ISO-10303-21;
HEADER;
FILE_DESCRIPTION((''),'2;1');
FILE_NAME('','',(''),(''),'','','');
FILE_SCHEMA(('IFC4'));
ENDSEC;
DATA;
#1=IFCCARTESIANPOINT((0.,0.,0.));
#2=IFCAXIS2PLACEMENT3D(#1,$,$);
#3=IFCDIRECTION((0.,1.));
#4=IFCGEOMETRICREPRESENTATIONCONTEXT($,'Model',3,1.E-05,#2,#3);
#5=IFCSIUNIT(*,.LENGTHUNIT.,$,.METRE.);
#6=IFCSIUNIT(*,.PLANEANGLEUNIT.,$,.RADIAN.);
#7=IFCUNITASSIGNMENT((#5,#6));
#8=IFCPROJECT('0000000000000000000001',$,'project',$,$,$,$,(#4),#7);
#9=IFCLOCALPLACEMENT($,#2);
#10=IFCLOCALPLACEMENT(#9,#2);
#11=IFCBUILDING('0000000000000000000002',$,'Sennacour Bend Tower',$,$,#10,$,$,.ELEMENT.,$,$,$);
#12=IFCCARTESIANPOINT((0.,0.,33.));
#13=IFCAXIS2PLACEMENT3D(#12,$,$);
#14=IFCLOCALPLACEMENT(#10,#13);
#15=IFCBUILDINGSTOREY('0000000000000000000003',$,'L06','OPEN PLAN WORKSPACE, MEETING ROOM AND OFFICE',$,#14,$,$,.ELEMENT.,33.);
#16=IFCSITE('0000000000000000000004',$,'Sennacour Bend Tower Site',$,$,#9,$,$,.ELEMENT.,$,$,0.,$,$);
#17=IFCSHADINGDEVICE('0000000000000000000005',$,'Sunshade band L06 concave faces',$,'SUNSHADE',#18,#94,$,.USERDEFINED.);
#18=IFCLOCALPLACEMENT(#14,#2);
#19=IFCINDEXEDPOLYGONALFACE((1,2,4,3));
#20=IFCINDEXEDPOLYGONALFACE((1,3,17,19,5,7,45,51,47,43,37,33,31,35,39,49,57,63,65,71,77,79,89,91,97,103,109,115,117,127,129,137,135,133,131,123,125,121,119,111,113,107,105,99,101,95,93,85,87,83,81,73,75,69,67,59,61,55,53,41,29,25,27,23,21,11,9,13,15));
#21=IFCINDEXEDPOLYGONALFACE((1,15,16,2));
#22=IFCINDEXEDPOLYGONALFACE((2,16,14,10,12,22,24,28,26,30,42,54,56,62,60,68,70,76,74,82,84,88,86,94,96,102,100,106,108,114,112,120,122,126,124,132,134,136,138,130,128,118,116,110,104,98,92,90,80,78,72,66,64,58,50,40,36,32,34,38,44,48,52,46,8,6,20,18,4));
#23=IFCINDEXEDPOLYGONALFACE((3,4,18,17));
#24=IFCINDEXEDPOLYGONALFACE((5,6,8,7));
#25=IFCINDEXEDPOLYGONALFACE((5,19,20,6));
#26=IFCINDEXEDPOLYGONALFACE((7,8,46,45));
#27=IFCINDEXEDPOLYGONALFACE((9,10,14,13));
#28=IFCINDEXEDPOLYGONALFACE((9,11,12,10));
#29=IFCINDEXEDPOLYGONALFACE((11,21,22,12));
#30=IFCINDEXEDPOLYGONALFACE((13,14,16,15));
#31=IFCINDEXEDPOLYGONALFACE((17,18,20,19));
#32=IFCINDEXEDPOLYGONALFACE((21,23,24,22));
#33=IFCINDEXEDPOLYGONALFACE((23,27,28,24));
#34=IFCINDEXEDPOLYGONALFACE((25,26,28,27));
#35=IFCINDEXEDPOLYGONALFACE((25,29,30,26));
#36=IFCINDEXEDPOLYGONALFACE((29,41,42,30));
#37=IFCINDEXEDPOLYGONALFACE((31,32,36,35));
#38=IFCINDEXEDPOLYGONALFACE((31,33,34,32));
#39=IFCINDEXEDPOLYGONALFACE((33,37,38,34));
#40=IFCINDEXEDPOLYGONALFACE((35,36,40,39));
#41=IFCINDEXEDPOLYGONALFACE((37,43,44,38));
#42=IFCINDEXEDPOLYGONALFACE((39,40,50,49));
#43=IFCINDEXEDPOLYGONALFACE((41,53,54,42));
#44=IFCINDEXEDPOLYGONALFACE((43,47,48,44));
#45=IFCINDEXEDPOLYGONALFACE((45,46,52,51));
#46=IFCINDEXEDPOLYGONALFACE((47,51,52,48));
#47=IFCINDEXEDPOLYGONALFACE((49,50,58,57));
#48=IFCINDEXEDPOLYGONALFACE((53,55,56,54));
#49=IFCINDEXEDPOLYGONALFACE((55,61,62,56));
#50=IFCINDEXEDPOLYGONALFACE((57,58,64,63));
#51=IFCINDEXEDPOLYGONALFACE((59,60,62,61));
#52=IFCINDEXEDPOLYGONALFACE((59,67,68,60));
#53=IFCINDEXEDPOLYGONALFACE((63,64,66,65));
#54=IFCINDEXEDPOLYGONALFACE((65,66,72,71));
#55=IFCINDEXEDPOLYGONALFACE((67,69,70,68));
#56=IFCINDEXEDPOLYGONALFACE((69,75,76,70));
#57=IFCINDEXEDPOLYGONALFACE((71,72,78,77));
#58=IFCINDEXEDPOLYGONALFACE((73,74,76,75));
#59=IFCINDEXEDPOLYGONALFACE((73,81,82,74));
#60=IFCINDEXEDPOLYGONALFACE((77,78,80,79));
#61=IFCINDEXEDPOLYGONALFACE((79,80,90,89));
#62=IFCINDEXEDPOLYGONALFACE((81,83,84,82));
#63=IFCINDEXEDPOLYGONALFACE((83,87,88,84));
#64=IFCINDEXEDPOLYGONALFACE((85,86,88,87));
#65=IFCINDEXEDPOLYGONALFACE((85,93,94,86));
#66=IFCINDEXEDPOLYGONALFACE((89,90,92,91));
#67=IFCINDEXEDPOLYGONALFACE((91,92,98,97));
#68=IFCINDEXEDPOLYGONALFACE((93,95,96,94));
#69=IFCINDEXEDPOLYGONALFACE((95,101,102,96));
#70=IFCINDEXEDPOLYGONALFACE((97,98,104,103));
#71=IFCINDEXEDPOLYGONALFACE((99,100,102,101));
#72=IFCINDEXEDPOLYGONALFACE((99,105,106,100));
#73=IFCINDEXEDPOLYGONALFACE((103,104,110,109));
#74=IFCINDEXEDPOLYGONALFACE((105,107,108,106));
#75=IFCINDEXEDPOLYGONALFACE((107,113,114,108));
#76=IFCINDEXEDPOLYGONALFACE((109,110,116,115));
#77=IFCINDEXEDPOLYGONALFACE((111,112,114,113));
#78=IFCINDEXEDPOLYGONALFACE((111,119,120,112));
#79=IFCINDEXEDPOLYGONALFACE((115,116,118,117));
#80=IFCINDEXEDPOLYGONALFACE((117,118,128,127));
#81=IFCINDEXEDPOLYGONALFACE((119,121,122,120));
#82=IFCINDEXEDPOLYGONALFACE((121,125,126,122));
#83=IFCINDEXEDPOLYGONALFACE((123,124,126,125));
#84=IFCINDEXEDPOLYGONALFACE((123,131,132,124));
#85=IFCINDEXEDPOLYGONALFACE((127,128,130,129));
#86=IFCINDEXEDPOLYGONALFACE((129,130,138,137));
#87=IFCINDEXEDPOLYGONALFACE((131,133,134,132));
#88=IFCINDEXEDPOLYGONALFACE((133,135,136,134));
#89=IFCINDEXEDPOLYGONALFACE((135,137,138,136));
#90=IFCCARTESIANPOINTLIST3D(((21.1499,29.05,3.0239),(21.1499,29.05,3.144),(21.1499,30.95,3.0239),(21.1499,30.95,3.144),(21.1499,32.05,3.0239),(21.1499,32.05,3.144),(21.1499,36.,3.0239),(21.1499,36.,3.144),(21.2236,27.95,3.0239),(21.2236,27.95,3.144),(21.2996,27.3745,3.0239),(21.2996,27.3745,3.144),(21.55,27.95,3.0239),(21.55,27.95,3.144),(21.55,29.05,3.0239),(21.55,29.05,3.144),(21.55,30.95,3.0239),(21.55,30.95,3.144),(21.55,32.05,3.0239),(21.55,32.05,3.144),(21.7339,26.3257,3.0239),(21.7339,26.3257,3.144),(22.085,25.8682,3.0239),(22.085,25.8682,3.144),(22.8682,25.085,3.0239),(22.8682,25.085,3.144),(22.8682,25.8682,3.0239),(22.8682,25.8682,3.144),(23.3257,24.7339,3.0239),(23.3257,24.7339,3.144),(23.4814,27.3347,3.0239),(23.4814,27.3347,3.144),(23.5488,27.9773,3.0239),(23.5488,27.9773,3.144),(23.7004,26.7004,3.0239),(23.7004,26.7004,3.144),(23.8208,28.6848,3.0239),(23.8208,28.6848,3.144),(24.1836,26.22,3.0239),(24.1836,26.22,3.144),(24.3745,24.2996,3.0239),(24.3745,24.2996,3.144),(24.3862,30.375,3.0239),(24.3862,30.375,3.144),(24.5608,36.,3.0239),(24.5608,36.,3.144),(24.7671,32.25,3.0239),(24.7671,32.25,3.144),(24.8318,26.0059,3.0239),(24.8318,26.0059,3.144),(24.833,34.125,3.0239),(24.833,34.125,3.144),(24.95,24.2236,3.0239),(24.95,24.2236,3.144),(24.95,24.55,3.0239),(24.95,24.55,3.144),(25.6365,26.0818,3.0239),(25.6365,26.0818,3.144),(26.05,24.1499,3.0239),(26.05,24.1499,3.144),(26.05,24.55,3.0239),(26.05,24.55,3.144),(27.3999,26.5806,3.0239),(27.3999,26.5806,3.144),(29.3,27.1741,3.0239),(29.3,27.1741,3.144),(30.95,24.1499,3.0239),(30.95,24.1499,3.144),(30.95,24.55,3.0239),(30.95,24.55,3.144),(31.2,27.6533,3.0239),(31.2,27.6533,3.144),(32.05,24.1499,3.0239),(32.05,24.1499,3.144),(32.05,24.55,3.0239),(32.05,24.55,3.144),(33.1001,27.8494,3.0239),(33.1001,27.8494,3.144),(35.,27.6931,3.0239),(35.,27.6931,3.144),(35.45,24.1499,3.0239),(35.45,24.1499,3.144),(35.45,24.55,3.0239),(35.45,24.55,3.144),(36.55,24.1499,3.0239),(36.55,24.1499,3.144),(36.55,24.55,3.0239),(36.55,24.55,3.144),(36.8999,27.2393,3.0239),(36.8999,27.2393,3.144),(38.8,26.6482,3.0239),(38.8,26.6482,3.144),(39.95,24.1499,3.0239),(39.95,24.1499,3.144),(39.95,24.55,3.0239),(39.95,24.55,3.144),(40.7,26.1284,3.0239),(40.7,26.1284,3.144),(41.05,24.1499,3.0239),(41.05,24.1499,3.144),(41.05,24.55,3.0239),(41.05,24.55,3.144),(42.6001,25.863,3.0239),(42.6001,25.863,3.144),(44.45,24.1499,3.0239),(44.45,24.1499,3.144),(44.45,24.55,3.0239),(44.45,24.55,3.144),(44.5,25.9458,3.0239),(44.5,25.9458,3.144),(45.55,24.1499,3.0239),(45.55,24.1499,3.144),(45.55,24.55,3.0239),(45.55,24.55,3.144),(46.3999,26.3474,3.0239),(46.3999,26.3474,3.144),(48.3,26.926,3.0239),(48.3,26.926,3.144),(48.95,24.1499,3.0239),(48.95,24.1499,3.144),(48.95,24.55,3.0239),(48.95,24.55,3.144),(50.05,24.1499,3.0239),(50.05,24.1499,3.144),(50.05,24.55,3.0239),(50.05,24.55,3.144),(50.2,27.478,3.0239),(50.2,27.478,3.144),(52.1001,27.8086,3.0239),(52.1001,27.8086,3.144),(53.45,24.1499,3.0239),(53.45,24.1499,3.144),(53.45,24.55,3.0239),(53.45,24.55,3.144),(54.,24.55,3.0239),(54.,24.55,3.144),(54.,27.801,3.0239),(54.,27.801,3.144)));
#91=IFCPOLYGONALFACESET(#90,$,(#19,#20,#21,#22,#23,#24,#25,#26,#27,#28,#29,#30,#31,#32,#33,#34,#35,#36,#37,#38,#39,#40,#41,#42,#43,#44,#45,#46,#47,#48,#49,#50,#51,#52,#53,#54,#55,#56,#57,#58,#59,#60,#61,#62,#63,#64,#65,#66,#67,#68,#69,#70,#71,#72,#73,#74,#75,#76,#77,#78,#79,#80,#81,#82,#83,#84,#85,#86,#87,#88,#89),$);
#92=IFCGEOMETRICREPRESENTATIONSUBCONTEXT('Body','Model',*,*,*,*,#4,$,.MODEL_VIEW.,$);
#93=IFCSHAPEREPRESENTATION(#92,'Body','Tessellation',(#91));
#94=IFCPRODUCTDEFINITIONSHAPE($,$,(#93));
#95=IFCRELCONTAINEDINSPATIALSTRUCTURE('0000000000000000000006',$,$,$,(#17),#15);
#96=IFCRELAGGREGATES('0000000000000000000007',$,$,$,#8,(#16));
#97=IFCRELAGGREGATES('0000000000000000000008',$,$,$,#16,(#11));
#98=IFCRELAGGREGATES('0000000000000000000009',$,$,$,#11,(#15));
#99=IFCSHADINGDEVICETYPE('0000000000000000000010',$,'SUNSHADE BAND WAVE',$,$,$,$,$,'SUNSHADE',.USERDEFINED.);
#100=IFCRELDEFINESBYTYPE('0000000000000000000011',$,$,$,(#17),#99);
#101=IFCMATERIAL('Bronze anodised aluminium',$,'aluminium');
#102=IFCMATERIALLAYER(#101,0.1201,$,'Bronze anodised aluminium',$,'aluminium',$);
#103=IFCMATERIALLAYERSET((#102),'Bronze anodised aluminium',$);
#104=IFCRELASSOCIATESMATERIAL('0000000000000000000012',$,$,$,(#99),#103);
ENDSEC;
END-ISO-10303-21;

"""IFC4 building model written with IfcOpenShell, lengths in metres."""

from ifc_helpers import new_model, si_unit, direction, frame, origin, place, context, subcontext, project, spatial, polyline, outline, extrude, material, layer, layer_set, type_object, element, save


model = new_model("IFC4")

# Units and contexts
model_context = context("Model", 3, precision=1e-05, world=origin(), true_north=direction((0.0, 1.0)))
body_context = subcontext(model_context, "Body", "Model", "MODEL_VIEW")
ifc_project = project(units=[si_unit("LENGTHUNIT", "METRE"), si_unit("PLANEANGLEUNIT", "RADIAN")], contexts=[model_context])

# Site, building, storey
site_placement = place(None, origin())
site = spatial("IfcSite", under=ifc_project, at=site_placement, Name="Sennacour Bend Tower Site", CompositionType="ELEMENT", RefElevation=0.0)
building_placement = place(site_placement, origin())
building = spatial("IfcBuilding", under=site, at=building_placement, Name="Sennacour Bend Tower", CompositionType="ELEMENT")
storey_placement = place(building_placement, frame((0.0, 0.0, 33.0)))
storey = spatial("IfcBuildingStorey", under=building, at=storey_placement, Name="L06", Description="OPEN PLAN WORKSPACE, MEETING ROOM AND OFFICE", CompositionType="ELEMENT", Elevation=33.0)

# Shading device
ifc_material_1 = material(Name="Bronze anodised aluminium", Category="aluminium")
ifc_layer_1 = layer(ifc_material_1, 0.1201, Name="Bronze anodised aluminium", Category="aluminium")
ifc_layer_set_1 = layer_set([ifc_layer_1], Name="Bronze anodised aluminium")
shading_device_type_1 = type_object("IfcShadingDeviceType", Name="SUNSHADE BAND WAVE", ElementType="SUNSHADE", PredefinedType="USERDEFINED", material=ifc_layer_set_1)
shading_device_1_placement = place(storey_placement, frame((0.0, 0.0, 3.0239)))
element("IfcShadingDevice", 1, at=shading_device_1_placement, inside=storey, type_object=shading_device_type_1, Name="Sunshade band L06 concave faces", ObjectType="SUNSHADE", PredefinedType="USERDEFINED", context=body_context, shape_type="SweptSolid", body=[
    extrude(outline(polyline([(53.45, 24.1499), (50.05, 24.1499), (50.05, 24.55), (48.95, 24.55), (48.95, 24.1499), (45.55, 24.1499), (45.55, 24.55), (44.45, 24.55), (44.45, 24.1499), (41.05, 24.1499), (41.05, 24.55), (39.95, 24.55), (39.95, 24.1499), (36.55, 24.1499), (36.55, 24.55), (35.45, 24.55), (35.45, 24.1499), (32.05, 24.1499), (32.05, 24.55), (30.95, 24.55), (30.95, 24.1499), (26.05, 24.1499), (26.05, 24.55), (24.95, 24.55), (24.95, 24.2236), (24.3745, 24.2996), (23.3257, 24.7339), (22.8682, 25.085), (22.8682, 25.8682), (22.085, 25.8682), (21.7339, 26.3257), (21.2996, 27.3745), (21.2236, 27.95), (21.55, 27.95), (21.55, 29.05), (21.1499, 29.05), (21.1499, 30.95), (21.55, 30.95), (21.55, 32.05), (21.1499, 32.05), (21.1499, 36.0), (24.5608, 36.0), (24.833, 34.125), (24.7671, 32.25), (24.3862, 30.375), (23.8208, 28.6848), (23.5488, 27.9773), (23.4814, 27.3347), (23.7004, 26.7004), (24.1836, 26.22), (24.8318, 26.0059), (25.6365, 26.0818), (27.3999, 26.5806), (29.3, 27.1741), (31.2, 27.6533), (33.1001, 27.8494), (35.0, 27.6931), (36.8999, 27.2393), (38.8, 26.6482), (40.7, 26.1284), (42.6001, 25.863), (44.5, 25.9458), (46.3999, 26.3474), (48.3, 26.926), (50.2, 27.478), (52.1001, 27.8086), (54.0, 27.801), (54.0, 24.55), (53.45, 24.55), (53.45, 24.1499)])), origin(), (0.0, 0.0, 1.0), 0.1201),
])

save(model, "model.ifc")
